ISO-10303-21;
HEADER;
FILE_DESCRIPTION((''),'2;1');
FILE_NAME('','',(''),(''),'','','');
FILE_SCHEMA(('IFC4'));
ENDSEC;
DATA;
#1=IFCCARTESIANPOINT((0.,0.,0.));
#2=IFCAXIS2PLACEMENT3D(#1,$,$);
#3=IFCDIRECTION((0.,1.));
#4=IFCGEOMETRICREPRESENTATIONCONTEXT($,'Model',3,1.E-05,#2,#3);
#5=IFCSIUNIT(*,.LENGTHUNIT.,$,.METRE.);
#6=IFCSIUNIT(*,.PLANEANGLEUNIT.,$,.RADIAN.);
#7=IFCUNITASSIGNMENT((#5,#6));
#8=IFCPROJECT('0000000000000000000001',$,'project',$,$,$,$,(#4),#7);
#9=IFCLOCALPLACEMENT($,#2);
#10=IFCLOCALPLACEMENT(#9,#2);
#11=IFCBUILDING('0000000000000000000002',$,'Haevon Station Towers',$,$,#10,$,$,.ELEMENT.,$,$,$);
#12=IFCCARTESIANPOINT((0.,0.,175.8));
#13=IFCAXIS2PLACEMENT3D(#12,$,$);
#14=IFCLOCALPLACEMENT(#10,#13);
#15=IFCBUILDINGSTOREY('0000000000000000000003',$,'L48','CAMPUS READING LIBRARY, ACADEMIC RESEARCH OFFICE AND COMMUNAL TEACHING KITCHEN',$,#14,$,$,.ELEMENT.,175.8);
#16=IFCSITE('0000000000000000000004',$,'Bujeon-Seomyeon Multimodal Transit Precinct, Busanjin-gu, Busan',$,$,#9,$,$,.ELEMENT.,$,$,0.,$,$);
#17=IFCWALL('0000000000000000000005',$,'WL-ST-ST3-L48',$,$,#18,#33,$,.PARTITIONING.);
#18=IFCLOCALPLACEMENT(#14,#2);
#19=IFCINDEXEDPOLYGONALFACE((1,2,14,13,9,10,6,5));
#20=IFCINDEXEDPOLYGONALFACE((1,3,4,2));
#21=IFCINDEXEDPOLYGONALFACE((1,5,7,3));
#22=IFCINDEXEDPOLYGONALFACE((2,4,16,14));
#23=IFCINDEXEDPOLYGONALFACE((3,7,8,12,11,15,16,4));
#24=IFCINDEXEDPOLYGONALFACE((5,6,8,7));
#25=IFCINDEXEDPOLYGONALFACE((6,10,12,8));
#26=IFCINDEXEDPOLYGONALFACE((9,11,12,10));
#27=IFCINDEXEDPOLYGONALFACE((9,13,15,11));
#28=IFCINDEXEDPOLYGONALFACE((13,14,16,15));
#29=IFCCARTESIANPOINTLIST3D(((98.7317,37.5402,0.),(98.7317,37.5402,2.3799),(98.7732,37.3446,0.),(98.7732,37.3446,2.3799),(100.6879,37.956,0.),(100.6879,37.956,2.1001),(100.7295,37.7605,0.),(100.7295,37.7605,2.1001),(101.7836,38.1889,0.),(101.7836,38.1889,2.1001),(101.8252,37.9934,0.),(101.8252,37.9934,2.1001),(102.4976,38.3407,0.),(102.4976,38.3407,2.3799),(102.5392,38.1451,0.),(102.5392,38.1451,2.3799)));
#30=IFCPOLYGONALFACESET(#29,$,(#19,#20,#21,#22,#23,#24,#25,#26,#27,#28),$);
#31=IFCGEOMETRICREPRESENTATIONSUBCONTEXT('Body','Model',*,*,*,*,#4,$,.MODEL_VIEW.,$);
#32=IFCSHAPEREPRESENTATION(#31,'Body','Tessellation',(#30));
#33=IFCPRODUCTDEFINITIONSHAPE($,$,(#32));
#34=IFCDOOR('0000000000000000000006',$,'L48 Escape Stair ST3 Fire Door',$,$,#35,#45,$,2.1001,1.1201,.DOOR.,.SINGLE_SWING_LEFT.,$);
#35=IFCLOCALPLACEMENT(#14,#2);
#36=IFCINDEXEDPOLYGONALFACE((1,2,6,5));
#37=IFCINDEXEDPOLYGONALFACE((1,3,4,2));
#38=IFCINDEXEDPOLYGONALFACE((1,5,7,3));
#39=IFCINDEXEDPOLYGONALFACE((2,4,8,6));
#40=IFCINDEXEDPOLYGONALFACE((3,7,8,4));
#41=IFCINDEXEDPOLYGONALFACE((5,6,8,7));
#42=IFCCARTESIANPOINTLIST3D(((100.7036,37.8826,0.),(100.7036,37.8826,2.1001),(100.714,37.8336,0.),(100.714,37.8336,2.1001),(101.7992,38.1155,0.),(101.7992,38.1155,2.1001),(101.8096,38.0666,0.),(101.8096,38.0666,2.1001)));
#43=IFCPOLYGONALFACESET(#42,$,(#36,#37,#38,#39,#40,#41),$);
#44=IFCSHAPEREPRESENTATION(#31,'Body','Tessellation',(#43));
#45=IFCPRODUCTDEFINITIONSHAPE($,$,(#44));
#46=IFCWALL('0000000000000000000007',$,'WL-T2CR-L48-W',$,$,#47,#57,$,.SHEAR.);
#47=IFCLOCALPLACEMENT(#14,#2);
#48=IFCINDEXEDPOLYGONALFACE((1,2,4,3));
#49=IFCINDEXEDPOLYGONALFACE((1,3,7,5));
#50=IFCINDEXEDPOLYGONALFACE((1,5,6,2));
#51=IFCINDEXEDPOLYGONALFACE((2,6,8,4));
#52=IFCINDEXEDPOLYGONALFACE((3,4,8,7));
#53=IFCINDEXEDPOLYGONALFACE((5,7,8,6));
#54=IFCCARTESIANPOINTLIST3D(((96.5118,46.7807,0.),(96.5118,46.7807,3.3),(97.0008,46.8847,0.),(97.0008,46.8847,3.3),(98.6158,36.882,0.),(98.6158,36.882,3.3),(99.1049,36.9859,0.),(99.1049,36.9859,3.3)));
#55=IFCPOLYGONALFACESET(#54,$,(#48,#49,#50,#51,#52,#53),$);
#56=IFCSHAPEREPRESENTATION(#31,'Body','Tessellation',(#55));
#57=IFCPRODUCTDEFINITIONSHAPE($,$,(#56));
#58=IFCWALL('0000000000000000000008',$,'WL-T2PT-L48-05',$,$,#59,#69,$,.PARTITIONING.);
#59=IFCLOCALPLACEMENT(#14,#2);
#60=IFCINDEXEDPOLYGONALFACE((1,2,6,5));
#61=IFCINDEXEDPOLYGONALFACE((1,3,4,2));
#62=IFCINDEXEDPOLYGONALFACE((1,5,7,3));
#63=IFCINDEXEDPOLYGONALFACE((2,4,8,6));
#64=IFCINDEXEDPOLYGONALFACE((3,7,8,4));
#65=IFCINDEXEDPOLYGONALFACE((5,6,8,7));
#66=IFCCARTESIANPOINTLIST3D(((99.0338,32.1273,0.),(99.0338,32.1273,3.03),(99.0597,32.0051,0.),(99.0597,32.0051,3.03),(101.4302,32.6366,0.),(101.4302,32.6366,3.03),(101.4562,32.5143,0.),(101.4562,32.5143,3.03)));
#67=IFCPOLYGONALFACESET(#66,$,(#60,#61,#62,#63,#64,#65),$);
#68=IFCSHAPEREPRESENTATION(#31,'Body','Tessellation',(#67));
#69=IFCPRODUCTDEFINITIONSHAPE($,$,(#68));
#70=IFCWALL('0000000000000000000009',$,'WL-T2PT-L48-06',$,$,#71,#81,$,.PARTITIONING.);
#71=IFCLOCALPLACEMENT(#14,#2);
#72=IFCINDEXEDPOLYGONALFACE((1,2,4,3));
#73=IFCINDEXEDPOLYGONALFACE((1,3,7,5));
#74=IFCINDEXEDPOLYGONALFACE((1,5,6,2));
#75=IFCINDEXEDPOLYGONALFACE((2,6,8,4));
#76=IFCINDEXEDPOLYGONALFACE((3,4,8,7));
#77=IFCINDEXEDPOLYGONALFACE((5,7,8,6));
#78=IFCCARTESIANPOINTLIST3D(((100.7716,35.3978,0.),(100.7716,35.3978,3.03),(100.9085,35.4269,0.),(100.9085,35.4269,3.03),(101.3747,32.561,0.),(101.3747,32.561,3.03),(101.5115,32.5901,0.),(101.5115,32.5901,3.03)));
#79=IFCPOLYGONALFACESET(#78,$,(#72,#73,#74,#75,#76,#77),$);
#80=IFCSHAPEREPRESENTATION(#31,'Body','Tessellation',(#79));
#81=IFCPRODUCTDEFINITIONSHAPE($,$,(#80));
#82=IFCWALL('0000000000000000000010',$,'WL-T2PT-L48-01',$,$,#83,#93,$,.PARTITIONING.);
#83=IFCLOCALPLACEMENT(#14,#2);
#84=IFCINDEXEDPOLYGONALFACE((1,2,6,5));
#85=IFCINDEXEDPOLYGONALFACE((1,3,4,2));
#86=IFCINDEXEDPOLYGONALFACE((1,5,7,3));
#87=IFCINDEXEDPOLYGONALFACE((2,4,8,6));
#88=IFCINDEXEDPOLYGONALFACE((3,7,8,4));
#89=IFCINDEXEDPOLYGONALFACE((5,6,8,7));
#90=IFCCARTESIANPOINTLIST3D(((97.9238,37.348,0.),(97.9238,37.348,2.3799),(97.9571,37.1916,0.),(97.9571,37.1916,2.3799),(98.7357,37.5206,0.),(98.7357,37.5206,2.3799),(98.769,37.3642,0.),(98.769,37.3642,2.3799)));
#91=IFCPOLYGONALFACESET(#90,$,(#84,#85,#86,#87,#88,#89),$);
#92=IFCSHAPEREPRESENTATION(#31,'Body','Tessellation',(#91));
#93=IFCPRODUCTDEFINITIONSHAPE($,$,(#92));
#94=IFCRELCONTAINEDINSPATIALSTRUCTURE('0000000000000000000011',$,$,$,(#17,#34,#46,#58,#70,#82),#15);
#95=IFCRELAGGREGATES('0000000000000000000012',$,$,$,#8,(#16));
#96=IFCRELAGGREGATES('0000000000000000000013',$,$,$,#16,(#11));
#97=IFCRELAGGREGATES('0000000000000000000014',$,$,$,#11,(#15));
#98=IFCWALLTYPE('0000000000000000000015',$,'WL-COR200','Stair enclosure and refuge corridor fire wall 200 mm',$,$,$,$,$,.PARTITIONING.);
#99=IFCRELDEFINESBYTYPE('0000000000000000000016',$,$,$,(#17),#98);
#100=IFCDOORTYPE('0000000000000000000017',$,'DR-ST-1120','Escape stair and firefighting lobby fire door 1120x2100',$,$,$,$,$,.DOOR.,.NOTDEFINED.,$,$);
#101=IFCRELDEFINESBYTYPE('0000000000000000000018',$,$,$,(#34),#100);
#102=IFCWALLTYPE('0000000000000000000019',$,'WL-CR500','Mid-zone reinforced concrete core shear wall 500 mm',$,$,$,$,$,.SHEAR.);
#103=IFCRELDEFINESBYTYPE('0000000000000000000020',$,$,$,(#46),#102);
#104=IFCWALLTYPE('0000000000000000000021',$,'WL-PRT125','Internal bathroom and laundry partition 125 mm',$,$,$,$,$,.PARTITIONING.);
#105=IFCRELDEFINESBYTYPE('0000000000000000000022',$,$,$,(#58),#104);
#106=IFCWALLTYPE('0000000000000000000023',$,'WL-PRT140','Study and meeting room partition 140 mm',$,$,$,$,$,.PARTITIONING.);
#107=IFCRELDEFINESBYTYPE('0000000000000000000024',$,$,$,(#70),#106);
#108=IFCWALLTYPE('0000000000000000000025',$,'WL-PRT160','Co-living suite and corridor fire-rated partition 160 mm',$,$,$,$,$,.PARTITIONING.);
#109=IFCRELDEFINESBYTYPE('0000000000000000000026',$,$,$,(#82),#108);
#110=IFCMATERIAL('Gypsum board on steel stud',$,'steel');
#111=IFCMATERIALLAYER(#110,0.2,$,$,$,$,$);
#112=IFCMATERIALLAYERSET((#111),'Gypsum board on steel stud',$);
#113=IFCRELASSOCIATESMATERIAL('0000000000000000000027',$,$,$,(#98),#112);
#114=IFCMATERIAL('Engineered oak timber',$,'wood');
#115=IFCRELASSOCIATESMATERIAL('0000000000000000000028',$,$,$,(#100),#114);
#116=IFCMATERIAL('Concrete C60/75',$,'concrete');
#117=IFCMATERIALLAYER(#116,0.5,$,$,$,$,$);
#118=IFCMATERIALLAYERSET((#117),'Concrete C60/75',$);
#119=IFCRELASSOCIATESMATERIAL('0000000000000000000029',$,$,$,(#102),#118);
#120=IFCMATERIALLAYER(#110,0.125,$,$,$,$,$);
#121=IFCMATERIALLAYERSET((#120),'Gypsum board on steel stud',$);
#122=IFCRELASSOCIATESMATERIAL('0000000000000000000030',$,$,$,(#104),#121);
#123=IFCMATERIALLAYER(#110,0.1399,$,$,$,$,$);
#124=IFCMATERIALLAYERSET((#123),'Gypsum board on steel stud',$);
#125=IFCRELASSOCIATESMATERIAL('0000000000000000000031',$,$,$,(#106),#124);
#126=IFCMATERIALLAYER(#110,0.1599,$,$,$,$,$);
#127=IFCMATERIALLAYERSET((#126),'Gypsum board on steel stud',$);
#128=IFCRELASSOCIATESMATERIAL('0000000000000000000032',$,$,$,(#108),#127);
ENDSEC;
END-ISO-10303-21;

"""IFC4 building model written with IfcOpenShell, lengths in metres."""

from ifc_helpers import new_model, si_unit, direction, frame, frame_2d, origin, place, context, subcontext, project, spatial, rectangle, extrude, material, layer, layer_set, type_object, element, fill, save


model = new_model("IFC4")

# Units and contexts
model_context = context("Model", 3, precision=1e-05, world=origin(), true_north=direction((0.0, 1.0)))
body_context = subcontext(model_context, "Body", "Model", "MODEL_VIEW")
ifc_project = project(units=[si_unit("LENGTHUNIT", "METRE"), si_unit("PLANEANGLEUNIT", "RADIAN")], contexts=[model_context])

# Site, building, storey
site_placement = place(None, origin())
site = spatial("IfcSite", under=ifc_project, at=site_placement, Name="Bujeon-Seomyeon Multimodal Transit Precinct, Busanjin-gu, Busan", CompositionType="ELEMENT", RefElevation=0.0)
building_placement = place(site_placement, origin())
building = spatial("IfcBuilding", under=site, at=building_placement, Name="Haevon Station Towers", CompositionType="ELEMENT")
storey_placement = place(building_placement, frame((0.0, 0.0, 175.8)))
storey = spatial("IfcBuildingStorey", under=building, at=storey_placement, Name="L48", Description="CAMPUS READING LIBRARY, ACADEMIC RESEARCH OFFICE AND COMMUNAL TEACHING KITCHEN", CompositionType="ELEMENT", Elevation=175.8)

# Wall, opening, door
ifc_material_1 = material(Name="Gypsum board on steel stud", Category="steel")
ifc_layer_1 = layer(ifc_material_1, 0.2)
ifc_layer_set_1 = layer_set([ifc_layer_1], Name="Gypsum board on steel stud")
wall_type_1 = type_object("IfcWallType", Name="WL-COR200", Description="Stair enclosure and refuge corridor fire wall 200 mm", PredefinedType="PARTITIONING", material=ifc_layer_set_1)
wall_1_placement = place(storey_placement, frame((98.7524, 37.4424, 0.0), z_axis=(0.0, 0.0, 1.0), x_axis=(0.978144, 0.207931, 0.0)))
wall_1 = element("IfcWall", 1, at=wall_1_placement, inside=storey, type_object=wall_type_1, Name="WL-ST-ST3-L48", PredefinedType="PARTITIONING", context=body_context, shape_type="SweptSolid", body=[
    extrude(rectangle(XDim=3.8501, YDim=0.2, at=frame_2d((1.925, 0.0))), origin(), (0.0, 0.0, 1.0), 2.3799),
])
opening_1_placement = place(wall_1_placement, frame((2.0, 0.0, 0.0)))
opening_1 = element("IfcOpeningElement", 2, at=opening_1_placement, cuts=wall_1, PredefinedType="OPENING", context=body_context, shape_type="SweptSolid", body=[
    extrude(rectangle(XDim=1.1201, YDim=2.1001, at=frame_2d((0.5601, 1.05))), frame((0.0, 0.1099, 0.0), z_axis=(0.0, -1.0, 0.0), x_axis=(1.0, 0.0, 0.0)), (0.0, 0.0, 1.0), 0.22),
])
ifc_material_2 = material(Name="Engineered oak timber", Category="wood")
door_type_1 = type_object("IfcDoorType", Name="DR-ST-1120", Description="Escape stair and firefighting lobby fire door 1120x2100", OperationType="NOTDEFINED", PredefinedType="DOOR", material=ifc_material_2)
door_1_placement = place(opening_1_placement, origin())
door_1 = element("IfcDoor", 3, at=door_1_placement, inside=storey, type_object=door_type_1, Name="L48 Escape Stair ST3 Fire Door", OperationType="SINGLE_SWING_LEFT", OverallHeight=2.1001, OverallWidth=1.1201, PredefinedType="DOOR", context=body_context, shape_type="SweptSolid", body=[
    extrude(rectangle(XDim=1.1201, YDim=2.1001, at=frame_2d((0.5601, 1.05))), frame((0.0, 0.0249, 0.0), z_axis=(0.0, -1.0, 0.0), x_axis=(1.0, 0.0, 0.0)), (0.0, 0.0, 1.0), 0.05),
])
fill(opening_1, door_1)

# Walls
ifc_material_3 = material(Name="Concrete C60/75", Category="concrete")
ifc_layer_2 = layer(ifc_material_3, 0.5)
ifc_layer_set_2 = layer_set([ifc_layer_2], Name="Concrete C60/75")
wall_type_2 = type_object("IfcWallType", Name="WL-CR500", Description="Mid-zone reinforced concrete core shear wall 500 mm", PredefinedType="SHEAR", material=ifc_layer_set_2)
wall_2_placement = place(storey_placement, frame((98.8604, 36.9338, 0.0), z_axis=(0.0, 0.0, 1.0), x_axis=(-0.207909, 0.978148, 0.0)))
element("IfcWall", 4, at=wall_2_placement, inside=storey, type_object=wall_type_2, Name="WL-T2CR-L48-W", PredefinedType="SHEAR", context=body_context, shape_type="SweptSolid", body=[
    extrude(rectangle(XDim=10.1199, YDim=0.5, at=frame_2d((5.0601, 0.0))), origin(), (0.0, 0.0, 1.0), 3.3),
])
ifc_layer_3 = layer(ifc_material_1, 0.125)
ifc_layer_set_3 = layer_set([ifc_layer_3], Name="Gypsum board on steel stud")
wall_type_3 = type_object("IfcWallType", Name="WL-PRT125", Description="Internal bathroom and laundry partition 125 mm", PredefinedType="PARTITIONING", material=ifc_layer_set_3)
wall_3_placement = place(storey_placement, frame((99.0466, 32.0662, 0.0), z_axis=(0.0, 0.0, 1.0), x_axis=(0.978157, 0.207868, 0.0)))
element("IfcWall", 5, at=wall_3_placement, inside=storey, type_object=wall_type_3, Name="WL-T2PT-L48-05", PredefinedType="PARTITIONING", context=body_context, shape_type="SweptSolid", body=[
    extrude(rectangle(XDim=2.45, YDim=0.125, at=frame_2d((1.2251, 0.0))), origin(), (0.0, 0.0, 1.0), 3.03),
])
ifc_layer_4 = layer(ifc_material_1, 0.1399)
ifc_layer_set_4 = layer_set([ifc_layer_4], Name="Gypsum board on steel stud")
wall_type_4 = type_object("IfcWallType", Name="WL-PRT140", Description="Study and meeting room partition 140 mm", PredefinedType="PARTITIONING", material=ifc_layer_set_4)
wall_4_placement = place(storey_placement, frame((101.4431, 32.5754, 0.0), z_axis=(0.0, 0.0, 1.0), x_axis=(-0.207936, 0.978142, 0.0)))
element("IfcWall", 6, at=wall_4_placement, inside=storey, type_object=wall_type_4, Name="WL-T2PT-L48-06", PredefinedType="PARTITIONING", context=body_context, shape_type="SweptSolid", body=[
    extrude(rectangle(XDim=2.9001, YDim=0.1399, at=frame_2d((1.4502, 0.0))), origin(), (0.0, 0.0, 1.0), 3.03),
])
ifc_layer_5 = layer(ifc_material_1, 0.1599)
ifc_layer_set_5 = layer_set([ifc_layer_5], Name="Gypsum board on steel stud")
wall_type_5 = type_object("IfcWallType", Name="WL-PRT160", Description="Co-living suite and corridor fire-rated partition 160 mm", PredefinedType="PARTITIONING", material=ifc_layer_set_5)
wall_5_placement = place(storey_placement, frame((97.9404, 37.2698, 0.0), z_axis=(0.0, 0.0, 1.0), x_axis=(0.978145, 0.207922, 0.0)))
element("IfcWall", 7, at=wall_5_placement, inside=storey, type_object=wall_type_5, Name="WL-T2PT-L48-01", PredefinedType="PARTITIONING", context=body_context, shape_type="SweptSolid", body=[
    extrude(rectangle(XDim=0.8301, YDim=0.1599, at=frame_2d((0.415, 0.0))), origin(), (0.0, 0.0, 1.0), 2.3799),
])

save(model, "model.ifc")
